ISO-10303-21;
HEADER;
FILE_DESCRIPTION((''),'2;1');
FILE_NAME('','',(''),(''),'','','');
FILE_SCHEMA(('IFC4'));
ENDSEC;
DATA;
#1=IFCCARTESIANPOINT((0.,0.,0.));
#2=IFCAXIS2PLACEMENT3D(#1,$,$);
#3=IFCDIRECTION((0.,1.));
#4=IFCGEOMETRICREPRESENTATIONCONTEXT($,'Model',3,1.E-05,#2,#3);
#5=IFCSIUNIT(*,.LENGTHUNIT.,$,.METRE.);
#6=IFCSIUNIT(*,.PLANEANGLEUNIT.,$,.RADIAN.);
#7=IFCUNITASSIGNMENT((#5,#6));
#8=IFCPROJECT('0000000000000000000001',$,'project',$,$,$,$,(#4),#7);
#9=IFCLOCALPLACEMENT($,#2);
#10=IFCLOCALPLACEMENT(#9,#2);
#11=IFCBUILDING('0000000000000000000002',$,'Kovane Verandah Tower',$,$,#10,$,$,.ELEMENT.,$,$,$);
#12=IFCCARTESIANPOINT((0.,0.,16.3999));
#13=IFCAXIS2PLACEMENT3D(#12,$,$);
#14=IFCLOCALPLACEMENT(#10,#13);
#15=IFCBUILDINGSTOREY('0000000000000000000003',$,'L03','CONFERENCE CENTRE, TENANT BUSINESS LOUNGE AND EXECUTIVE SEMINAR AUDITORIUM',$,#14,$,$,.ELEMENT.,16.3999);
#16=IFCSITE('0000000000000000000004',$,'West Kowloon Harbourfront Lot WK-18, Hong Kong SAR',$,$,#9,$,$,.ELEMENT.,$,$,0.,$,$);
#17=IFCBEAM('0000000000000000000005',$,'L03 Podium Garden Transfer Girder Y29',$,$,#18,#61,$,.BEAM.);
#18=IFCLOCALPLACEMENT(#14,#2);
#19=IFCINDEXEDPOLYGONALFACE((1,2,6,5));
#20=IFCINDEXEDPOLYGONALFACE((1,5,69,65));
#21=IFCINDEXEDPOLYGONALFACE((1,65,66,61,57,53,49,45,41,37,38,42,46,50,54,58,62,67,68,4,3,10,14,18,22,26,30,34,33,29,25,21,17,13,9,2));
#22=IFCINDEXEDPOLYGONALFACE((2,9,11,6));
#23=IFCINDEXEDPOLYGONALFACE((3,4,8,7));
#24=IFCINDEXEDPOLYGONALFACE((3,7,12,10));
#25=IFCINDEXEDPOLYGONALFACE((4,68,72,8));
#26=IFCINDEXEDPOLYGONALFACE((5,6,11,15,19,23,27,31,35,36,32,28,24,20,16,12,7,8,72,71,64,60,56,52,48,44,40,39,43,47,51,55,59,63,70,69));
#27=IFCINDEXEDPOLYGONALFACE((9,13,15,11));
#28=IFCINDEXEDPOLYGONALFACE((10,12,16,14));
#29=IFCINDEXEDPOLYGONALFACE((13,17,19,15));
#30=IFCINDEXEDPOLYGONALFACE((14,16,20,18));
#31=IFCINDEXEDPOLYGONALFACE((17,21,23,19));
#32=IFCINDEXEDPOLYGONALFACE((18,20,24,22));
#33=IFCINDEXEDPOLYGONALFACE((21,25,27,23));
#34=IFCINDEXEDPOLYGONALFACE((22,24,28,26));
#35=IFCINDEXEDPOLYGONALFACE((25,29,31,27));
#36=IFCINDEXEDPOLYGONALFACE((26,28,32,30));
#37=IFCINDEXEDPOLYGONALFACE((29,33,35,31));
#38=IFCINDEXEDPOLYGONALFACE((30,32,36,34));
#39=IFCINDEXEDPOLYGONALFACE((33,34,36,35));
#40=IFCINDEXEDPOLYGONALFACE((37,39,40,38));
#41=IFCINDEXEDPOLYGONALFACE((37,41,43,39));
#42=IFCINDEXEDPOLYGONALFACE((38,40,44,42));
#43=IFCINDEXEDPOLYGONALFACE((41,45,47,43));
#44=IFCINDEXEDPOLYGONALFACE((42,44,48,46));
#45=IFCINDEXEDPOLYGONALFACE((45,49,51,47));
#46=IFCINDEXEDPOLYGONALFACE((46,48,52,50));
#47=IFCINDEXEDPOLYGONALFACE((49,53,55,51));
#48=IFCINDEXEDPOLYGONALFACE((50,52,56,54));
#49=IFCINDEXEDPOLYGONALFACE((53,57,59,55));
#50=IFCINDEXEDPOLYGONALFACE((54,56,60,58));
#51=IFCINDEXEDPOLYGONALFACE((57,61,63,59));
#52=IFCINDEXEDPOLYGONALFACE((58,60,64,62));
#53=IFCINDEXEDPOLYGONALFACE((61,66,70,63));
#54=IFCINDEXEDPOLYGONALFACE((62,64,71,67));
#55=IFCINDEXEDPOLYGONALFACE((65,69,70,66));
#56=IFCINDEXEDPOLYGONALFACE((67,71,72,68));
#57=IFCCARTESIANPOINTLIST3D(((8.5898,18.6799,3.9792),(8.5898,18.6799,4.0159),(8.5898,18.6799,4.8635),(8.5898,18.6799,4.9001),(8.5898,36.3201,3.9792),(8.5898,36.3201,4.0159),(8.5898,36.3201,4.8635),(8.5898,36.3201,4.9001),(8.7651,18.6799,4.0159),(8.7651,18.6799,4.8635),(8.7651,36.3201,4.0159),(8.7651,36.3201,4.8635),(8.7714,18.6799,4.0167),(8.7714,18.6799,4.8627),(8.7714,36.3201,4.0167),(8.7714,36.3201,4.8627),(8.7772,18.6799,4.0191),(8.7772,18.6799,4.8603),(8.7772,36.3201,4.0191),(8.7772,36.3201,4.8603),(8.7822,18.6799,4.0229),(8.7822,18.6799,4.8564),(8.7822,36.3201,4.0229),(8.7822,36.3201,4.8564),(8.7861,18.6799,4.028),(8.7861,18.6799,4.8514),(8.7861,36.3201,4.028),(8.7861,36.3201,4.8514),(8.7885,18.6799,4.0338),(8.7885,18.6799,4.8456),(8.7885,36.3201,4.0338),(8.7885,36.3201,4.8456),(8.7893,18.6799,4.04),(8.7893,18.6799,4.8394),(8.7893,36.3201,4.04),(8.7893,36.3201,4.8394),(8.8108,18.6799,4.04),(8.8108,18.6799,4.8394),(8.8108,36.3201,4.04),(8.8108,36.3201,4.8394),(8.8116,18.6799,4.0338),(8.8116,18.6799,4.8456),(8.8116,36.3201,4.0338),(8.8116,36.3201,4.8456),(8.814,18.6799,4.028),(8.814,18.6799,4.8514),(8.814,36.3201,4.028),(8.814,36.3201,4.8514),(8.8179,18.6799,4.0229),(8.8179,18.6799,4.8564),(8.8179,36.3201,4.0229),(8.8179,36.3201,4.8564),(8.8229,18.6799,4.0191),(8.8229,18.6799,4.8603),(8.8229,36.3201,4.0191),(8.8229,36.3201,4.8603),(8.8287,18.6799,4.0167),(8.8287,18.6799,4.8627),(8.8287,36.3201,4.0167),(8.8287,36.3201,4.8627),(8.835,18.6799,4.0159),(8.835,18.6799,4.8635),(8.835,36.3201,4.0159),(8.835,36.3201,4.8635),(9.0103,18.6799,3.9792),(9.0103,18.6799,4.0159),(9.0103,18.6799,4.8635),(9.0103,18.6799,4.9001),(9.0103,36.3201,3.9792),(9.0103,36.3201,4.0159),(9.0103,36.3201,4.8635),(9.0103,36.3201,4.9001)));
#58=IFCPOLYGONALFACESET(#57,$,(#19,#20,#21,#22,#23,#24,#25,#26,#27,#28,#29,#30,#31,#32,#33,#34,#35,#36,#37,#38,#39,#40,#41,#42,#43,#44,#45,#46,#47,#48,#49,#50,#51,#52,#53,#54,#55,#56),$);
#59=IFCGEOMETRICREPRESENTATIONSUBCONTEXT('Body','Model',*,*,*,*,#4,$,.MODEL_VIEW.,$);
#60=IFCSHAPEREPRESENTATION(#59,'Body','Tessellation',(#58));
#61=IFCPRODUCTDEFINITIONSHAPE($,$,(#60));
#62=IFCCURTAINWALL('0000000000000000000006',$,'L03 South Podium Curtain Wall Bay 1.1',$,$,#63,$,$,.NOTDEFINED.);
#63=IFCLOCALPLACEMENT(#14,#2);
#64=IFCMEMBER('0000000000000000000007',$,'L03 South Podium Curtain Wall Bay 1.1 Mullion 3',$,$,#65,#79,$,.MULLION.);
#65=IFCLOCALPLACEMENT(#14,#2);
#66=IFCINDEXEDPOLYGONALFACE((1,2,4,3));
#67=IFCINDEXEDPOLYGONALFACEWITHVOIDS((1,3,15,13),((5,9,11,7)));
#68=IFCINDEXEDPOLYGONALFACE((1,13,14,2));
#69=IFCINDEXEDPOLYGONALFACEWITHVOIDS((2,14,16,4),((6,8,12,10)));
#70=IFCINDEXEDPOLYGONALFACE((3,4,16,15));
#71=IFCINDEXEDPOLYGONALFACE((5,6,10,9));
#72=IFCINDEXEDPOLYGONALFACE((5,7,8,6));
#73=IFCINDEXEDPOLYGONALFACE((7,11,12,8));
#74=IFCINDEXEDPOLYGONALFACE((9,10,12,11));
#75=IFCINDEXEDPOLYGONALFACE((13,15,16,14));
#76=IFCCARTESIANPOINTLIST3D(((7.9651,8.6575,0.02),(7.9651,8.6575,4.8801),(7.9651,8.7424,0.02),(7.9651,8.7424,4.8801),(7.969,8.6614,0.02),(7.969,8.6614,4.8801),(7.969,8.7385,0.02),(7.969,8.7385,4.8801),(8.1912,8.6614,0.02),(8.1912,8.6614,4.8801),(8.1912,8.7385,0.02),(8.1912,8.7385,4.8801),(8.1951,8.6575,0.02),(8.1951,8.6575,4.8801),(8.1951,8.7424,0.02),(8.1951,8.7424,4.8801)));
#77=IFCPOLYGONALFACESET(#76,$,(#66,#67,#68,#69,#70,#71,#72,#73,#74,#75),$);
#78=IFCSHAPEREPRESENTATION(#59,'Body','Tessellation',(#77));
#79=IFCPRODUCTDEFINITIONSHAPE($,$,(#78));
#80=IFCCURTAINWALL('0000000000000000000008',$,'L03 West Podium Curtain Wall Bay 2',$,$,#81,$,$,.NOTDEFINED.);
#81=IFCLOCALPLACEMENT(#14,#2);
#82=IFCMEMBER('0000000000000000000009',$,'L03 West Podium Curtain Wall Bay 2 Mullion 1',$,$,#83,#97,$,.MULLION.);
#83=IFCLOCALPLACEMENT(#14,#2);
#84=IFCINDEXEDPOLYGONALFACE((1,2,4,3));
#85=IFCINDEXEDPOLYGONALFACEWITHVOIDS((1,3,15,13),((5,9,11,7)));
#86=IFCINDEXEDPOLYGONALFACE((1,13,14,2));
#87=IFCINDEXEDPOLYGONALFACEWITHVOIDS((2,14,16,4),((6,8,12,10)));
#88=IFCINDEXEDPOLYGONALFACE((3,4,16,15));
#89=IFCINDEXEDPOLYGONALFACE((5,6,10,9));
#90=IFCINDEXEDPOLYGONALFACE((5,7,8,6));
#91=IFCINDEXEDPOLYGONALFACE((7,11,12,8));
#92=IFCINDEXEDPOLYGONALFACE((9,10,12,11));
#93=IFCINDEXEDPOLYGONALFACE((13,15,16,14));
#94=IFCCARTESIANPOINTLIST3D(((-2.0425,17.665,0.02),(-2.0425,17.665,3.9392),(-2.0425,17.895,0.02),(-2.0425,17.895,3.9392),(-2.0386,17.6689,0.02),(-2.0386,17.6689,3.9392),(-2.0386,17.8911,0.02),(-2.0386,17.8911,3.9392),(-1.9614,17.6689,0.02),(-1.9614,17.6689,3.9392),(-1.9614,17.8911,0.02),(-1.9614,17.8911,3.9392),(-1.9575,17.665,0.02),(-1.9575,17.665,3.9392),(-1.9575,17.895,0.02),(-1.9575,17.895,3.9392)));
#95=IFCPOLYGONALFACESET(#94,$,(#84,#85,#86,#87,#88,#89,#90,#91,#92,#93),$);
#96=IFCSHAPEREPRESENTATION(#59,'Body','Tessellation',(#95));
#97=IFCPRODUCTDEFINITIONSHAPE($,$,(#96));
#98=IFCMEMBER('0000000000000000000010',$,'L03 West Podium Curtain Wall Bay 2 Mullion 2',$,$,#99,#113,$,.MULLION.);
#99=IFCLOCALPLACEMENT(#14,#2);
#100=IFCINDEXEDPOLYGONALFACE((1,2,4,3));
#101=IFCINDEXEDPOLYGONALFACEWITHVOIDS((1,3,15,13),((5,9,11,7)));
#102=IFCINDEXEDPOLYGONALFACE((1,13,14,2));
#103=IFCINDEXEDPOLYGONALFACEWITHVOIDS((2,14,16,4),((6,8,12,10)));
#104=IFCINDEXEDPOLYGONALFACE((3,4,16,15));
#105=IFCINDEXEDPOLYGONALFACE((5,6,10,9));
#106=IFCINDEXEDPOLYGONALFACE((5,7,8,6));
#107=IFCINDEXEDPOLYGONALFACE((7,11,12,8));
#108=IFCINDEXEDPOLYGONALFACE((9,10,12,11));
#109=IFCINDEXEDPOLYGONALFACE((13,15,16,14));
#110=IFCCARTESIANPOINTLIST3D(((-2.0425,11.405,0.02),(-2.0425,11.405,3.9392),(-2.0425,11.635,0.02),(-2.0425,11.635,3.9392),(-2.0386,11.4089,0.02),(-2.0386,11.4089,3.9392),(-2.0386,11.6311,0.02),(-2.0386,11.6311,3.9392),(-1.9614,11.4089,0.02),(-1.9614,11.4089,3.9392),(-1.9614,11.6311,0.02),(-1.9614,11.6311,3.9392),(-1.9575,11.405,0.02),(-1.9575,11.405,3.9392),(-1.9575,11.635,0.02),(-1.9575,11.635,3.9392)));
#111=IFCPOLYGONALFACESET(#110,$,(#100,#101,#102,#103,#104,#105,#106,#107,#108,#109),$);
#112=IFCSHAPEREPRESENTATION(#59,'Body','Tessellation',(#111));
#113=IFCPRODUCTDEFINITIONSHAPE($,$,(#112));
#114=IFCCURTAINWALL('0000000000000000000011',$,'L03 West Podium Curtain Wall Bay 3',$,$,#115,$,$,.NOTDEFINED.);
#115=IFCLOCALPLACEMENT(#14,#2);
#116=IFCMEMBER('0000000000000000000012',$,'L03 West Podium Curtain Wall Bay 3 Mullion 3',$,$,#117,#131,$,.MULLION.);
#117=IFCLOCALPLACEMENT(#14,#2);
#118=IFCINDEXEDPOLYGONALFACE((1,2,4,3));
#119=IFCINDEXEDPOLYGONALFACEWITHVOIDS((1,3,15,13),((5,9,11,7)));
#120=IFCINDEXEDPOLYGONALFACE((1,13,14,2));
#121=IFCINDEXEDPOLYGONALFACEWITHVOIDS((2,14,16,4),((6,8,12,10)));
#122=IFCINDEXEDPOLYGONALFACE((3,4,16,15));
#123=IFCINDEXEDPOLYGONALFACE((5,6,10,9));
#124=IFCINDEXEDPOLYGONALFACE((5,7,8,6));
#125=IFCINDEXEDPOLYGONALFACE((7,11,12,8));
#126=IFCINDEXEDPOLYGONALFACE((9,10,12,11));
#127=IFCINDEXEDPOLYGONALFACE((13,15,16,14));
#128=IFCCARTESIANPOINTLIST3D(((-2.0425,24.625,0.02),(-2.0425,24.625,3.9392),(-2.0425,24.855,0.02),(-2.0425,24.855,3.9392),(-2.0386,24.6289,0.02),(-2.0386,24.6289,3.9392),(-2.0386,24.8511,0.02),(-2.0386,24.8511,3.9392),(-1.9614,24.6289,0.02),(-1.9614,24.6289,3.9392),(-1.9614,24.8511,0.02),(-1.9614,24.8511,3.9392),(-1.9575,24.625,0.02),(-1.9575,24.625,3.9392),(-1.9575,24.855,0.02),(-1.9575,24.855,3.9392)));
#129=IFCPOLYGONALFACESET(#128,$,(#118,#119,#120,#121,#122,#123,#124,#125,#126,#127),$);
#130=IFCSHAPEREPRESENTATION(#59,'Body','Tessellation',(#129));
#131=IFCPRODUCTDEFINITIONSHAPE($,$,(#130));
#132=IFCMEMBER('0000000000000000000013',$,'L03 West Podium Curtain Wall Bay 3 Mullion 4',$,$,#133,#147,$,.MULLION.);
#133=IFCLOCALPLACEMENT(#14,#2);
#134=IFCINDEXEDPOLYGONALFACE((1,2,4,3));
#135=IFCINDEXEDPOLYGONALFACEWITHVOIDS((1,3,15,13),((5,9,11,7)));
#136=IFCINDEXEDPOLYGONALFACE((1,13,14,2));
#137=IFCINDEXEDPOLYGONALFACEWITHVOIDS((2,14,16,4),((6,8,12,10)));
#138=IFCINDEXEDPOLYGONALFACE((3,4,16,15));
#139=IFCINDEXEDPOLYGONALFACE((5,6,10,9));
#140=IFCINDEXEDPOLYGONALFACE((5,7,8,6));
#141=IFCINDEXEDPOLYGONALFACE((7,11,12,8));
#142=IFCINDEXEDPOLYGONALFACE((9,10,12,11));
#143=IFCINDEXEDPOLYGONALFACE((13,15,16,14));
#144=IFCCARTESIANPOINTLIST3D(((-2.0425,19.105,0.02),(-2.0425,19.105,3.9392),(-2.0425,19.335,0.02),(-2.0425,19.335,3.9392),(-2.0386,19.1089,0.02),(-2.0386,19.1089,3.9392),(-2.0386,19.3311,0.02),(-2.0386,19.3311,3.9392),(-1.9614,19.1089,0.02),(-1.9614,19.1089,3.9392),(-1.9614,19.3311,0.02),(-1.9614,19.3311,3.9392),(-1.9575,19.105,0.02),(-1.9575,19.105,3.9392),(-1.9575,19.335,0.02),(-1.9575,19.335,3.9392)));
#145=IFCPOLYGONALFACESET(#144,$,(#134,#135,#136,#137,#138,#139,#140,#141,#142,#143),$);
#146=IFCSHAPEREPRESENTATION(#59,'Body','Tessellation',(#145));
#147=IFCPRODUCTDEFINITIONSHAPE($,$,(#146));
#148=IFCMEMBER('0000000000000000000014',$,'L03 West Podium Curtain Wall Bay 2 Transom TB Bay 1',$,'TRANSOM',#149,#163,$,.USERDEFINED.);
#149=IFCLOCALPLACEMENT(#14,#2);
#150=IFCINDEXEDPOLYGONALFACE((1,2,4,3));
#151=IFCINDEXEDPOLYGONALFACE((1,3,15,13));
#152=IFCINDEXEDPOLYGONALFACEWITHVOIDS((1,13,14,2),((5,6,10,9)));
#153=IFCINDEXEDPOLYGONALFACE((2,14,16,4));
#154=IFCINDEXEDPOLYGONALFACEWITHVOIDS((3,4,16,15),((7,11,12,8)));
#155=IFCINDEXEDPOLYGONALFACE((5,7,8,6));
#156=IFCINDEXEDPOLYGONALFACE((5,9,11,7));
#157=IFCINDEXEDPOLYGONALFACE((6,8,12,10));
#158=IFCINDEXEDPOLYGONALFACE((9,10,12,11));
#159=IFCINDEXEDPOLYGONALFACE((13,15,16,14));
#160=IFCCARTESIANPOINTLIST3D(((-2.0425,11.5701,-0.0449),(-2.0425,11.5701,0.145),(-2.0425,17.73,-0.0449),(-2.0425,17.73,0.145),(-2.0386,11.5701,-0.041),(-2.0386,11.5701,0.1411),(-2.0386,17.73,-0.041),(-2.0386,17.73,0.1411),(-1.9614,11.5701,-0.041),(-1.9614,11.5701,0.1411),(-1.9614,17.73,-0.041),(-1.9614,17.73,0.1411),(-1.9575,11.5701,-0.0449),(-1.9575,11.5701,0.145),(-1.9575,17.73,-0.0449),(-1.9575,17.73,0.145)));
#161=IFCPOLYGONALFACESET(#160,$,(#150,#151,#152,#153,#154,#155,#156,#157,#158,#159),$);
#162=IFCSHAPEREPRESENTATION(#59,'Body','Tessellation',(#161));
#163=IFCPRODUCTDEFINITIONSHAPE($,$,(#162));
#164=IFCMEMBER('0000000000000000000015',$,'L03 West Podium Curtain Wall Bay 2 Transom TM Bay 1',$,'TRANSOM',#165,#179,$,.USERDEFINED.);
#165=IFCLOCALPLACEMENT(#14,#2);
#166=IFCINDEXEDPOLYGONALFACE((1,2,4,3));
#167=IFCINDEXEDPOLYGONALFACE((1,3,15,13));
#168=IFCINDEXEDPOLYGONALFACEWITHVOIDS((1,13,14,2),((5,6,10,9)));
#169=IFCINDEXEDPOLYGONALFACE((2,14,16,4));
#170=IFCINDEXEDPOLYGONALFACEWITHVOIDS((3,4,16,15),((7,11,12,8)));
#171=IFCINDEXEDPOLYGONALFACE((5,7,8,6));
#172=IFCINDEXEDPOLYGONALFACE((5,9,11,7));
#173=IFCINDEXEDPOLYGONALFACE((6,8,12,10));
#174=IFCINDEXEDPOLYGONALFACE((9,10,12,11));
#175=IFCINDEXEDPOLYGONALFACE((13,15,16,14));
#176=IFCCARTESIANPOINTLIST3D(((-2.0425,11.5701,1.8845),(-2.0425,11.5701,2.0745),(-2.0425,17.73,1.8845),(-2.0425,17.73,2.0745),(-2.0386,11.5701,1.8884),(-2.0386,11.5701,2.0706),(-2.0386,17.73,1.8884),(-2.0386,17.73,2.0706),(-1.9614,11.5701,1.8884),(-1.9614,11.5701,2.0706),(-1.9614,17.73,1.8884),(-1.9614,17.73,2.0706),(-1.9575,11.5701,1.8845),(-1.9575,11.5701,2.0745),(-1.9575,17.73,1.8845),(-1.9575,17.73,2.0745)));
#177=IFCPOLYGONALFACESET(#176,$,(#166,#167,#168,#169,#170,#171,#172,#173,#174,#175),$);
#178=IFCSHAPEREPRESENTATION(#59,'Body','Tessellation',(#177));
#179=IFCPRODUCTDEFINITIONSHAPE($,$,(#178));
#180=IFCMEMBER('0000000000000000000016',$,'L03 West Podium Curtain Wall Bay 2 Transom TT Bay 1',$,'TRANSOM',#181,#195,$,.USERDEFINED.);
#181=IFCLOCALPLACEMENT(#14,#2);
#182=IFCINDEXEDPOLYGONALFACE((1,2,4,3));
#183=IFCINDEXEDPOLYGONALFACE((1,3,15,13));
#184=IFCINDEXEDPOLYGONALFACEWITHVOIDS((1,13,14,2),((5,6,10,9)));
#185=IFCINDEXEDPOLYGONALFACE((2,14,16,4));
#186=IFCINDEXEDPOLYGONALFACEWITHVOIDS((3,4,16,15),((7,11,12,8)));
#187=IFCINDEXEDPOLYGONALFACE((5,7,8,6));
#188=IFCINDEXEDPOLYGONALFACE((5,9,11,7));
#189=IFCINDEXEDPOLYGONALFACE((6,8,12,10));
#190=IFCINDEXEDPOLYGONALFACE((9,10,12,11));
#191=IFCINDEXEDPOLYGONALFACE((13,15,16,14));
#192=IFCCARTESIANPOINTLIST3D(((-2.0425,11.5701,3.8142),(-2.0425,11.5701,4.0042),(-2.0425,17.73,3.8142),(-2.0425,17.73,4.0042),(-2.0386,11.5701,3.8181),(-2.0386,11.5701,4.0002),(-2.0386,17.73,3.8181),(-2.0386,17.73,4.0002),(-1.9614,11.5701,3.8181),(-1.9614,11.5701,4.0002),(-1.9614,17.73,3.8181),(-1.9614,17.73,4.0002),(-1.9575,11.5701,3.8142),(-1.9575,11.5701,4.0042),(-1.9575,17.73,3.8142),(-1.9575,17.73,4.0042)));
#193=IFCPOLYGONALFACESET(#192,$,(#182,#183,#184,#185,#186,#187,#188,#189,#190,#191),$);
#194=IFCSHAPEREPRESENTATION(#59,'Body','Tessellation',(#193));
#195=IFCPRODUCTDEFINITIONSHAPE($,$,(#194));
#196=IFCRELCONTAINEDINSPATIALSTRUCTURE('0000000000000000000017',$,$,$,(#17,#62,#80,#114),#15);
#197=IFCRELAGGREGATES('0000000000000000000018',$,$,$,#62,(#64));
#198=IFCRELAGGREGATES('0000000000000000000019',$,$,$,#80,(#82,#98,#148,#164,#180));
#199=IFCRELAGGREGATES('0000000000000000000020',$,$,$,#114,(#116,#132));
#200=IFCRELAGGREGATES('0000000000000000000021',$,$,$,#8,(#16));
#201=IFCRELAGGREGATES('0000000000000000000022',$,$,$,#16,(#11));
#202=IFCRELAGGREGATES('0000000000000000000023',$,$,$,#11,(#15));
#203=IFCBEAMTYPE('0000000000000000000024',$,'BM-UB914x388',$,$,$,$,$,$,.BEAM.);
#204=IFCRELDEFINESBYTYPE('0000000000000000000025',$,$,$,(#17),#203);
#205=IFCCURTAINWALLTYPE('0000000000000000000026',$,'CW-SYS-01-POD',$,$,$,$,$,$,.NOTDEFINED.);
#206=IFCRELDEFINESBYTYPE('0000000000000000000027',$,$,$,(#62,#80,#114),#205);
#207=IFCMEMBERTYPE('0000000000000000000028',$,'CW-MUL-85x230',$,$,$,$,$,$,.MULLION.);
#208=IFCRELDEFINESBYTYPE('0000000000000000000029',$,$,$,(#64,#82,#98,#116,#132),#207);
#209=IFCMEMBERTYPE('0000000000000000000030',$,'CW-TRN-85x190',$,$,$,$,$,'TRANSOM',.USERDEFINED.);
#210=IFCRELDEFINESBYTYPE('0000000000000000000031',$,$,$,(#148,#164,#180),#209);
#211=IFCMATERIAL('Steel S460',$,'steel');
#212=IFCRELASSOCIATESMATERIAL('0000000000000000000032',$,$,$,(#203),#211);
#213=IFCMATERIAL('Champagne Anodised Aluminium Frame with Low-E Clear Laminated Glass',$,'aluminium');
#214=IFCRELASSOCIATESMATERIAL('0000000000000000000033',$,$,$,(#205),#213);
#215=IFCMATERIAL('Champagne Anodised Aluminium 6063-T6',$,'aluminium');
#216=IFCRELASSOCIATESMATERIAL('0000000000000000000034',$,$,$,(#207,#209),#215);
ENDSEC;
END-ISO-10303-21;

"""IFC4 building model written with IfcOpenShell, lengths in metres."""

from ifc_helpers import new_model, si_unit, direction, frame, origin, origin_2d, place, context, subcontext, project, spatial, hollow_rectangle, i_section, extrude, material, material_profile, profile_set, type_object, element, aggregate, save


model = new_model("IFC4")

# Units and contexts
model_context = context("Model", 3, precision=1e-05, world=origin(), true_north=direction((0.0, 1.0)))
body_context = subcontext(model_context, "Body", "Model", "MODEL_VIEW")
ifc_project = project(units=[si_unit("LENGTHUNIT", "METRE"), si_unit("PLANEANGLEUNIT", "RADIAN")], contexts=[model_context])

# Site, building, storey
site_placement = place(None, origin())
site = spatial("IfcSite", under=ifc_project, at=site_placement, Name="West Kowloon Harbourfront Lot WK-18, Hong Kong SAR", CompositionType="ELEMENT", RefElevation=0.0)
building_placement = place(site_placement, origin())
building = spatial("IfcBuilding", under=site, at=building_placement, Name="Kovane Verandah Tower", CompositionType="ELEMENT")
storey_placement = place(building_placement, frame((0.0, 0.0, 16.3999)))
storey = spatial("IfcBuildingStorey", under=building, at=storey_placement, Name="L03", Description="CONFERENCE CENTRE, TENANT BUSINESS LOUNGE AND EXECUTIVE SEMINAR AUDITORIUM", CompositionType="ELEMENT", Elevation=16.3999)

# Beam
ifc_material_1 = material(Name="Steel S460", Category="steel")
ifc_material_profile_1 = material_profile(ifc_material_1, i_section(OverallWidth=0.4204, OverallDepth=0.9209, WebThickness=0.0215, FlangeThickness=0.0366, FilletRadius=0.0242, at=origin_2d()), Name="UB914x419x388")
ifc_profile_set_1 = profile_set([ifc_material_profile_1], Name="Steel S460")
beam_type = type_object("IfcBeamType", Name="BM-UB914x388", PredefinedType="BEAM", material=ifc_profile_set_1)
beam_1_placement = place(storey_placement, frame((8.8, 18.6799, 4.4397), z_axis=(0.0, 1.0, 0.0), x_axis=(-1.0, 0.0, 0.0)))
element("IfcBeam", 1, at=beam_1_placement, inside=storey, type_object=beam_type, Name="L03 Podium Garden Transfer Girder Y29", PredefinedType="BEAM", context=body_context, shape_type="SweptSolid", body=[
    extrude(i_section(OverallWidth=0.4204, OverallDepth=0.9209, WebThickness=0.0215, FlangeThickness=0.0366, FilletRadius=0.0242, at=origin_2d()), origin(), (0.0, 0.0, 1.0), 17.6401),
])

# Curtain wall, member
ifc_material_2 = material(Name="Champagne Anodised Aluminium Frame with Low-E Clear Laminated Glass", Category="aluminium")
curtain_wall_type = type_object("IfcCurtainWallType", Name="CW-SYS-01-POD", PredefinedType="NOTDEFINED", material=ifc_material_2)
curtain_wall_1_placement = place(storey_placement, origin())
curtain_wall_1 = element("IfcCurtainWall", 2, at=curtain_wall_1_placement, inside=storey, type_object=curtain_wall_type, Name="L03 South Podium Curtain Wall Bay 1.1", PredefinedType="NOTDEFINED")
ifc_material_3 = material(Name="Champagne Anodised Aluminium 6063-T6", Category="aluminium")
ifc_material_profile_2 = material_profile(ifc_material_3, hollow_rectangle(XDim=0.085, YDim=0.23, WallThickness=0.0039, at=origin_2d()), Name="AL85x230x4")
ifc_profile_set_2 = profile_set([ifc_material_profile_2], Name="Champagne Anodised Aluminium 6063-T6")
member_type_1 = type_object("IfcMemberType", Name="CW-MUL-85x230", PredefinedType="MULLION", material=ifc_profile_set_2)
member_1_placement = place(storey_placement, frame((8.0801, 8.7, 0.02), z_axis=(0.0, 0.0, 1.0), x_axis=(0.0, -1.0, 0.0)))
member_1 = element("IfcMember", 3, at=member_1_placement, type_object=member_type_1, Name="L03 South Podium Curtain Wall Bay 1.1 Mullion 3", PredefinedType="MULLION", context=body_context, shape_type="SweptSolid", body=[
    extrude(hollow_rectangle(XDim=0.085, YDim=0.23, WallThickness=0.0039, at=origin_2d()), origin(), (0.0, 0.0, 1.0), 4.8601),
])

# Curtain walls, members
curtain_wall_2_placement = place(storey_placement, origin())
curtain_wall_2 = element("IfcCurtainWall", 4, at=curtain_wall_2_placement, inside=storey, type_object=curtain_wall_type, Name="L03 West Podium Curtain Wall Bay 2", PredefinedType="NOTDEFINED")
member_2_placement = place(storey_placement, frame((-2.0, 17.78, 0.02), z_axis=(0.0, 0.0, 1.0), x_axis=(-1.0, 0.0, 0.0)))
member_2 = element("IfcMember", 5, at=member_2_placement, type_object=member_type_1, Name="L03 West Podium Curtain Wall Bay 2 Mullion 1", PredefinedType="MULLION", context=body_context, shape_type="SweptSolid", body=[
    extrude(hollow_rectangle(XDim=0.085, YDim=0.23, WallThickness=0.0039, at=origin_2d()), origin(), (0.0, 0.0, 1.0), 3.9192),
])
member_3_placement = place(storey_placement, frame((-2.0, 11.52, 0.02), z_axis=(0.0, 0.0, 1.0), x_axis=(-1.0, 0.0, 0.0)))
member_3 = element("IfcMember", 6, at=member_3_placement, type_object=member_type_1, Name="L03 West Podium Curtain Wall Bay 2 Mullion 2", PredefinedType="MULLION", context=body_context, shape_type="SweptSolid", body=[
    extrude(hollow_rectangle(XDim=0.085, YDim=0.23, WallThickness=0.0039, at=origin_2d()), origin(), (0.0, 0.0, 1.0), 3.9192),
])
curtain_wall_3_placement = place(storey_placement, origin())
curtain_wall_3 = element("IfcCurtainWall", 7, at=curtain_wall_3_placement, inside=storey, type_object=curtain_wall_type, Name="L03 West Podium Curtain Wall Bay 3", PredefinedType="NOTDEFINED")
member_4_placement = place(storey_placement, frame((-2.0, 24.74, 0.02), z_axis=(0.0, 0.0, 1.0), x_axis=(-1.0, 0.0, 0.0)))
member_4 = element("IfcMember", 8, at=member_4_placement, type_object=member_type_1, Name="L03 West Podium Curtain Wall Bay 3 Mullion 3", PredefinedType="MULLION", context=body_context, shape_type="SweptSolid", body=[
    extrude(hollow_rectangle(XDim=0.085, YDim=0.23, WallThickness=0.0039, at=origin_2d()), origin(), (0.0, 0.0, 1.0), 3.9192),
])
member_5_placement = place(storey_placement, frame((-2.0, 19.22, 0.02), z_axis=(0.0, 0.0, 1.0), x_axis=(-1.0, 0.0, 0.0)))
member_5 = element("IfcMember", 9, at=member_5_placement, type_object=member_type_1, Name="L03 West Podium Curtain Wall Bay 3 Mullion 4", PredefinedType="MULLION", context=body_context, shape_type="SweptSolid", body=[
    extrude(hollow_rectangle(XDim=0.085, YDim=0.23, WallThickness=0.0039, at=origin_2d()), origin(), (0.0, 0.0, 1.0), 3.9192),
])

# Members
ifc_material_profile_3 = material_profile(ifc_material_3, hollow_rectangle(XDim=0.085, YDim=0.1899, WallThickness=0.0039, at=origin_2d()), Name="AL85x190x4")
ifc_profile_set_3 = profile_set([ifc_material_profile_3], Name="Champagne Anodised Aluminium 6063-T6")
member_type_2 = type_object("IfcMemberType", Name="CW-TRN-85x190", ElementType="TRANSOM", PredefinedType="USERDEFINED", material=ifc_profile_set_3)
member_6_placement = place(storey_placement, frame((-2.0, 17.73, 0.05), z_axis=(0.0, -1.0, 0.0), x_axis=(1.0, 0.0, 0.0)))
member_6 = element("IfcMember", 10, at=member_6_placement, type_object=member_type_2, Name="L03 West Podium Curtain Wall Bay 2 Transom TB Bay 1", ObjectType="TRANSOM", PredefinedType="USERDEFINED", context=body_context, shape_type="SweptSolid", body=[
    extrude(hollow_rectangle(XDim=0.085, YDim=0.1899, WallThickness=0.0039, at=origin_2d()), origin(), (0.0, 0.0, 1.0), 6.1599),
])
member_7_placement = place(storey_placement, frame((-2.0, 17.73, 1.9795), z_axis=(0.0, -1.0, 0.0), x_axis=(1.0, 0.0, 0.0)))
member_7 = element("IfcMember", 11, at=member_7_placement, type_object=member_type_2, Name="L03 West Podium Curtain Wall Bay 2 Transom TM Bay 1", ObjectType="TRANSOM", PredefinedType="USERDEFINED", context=body_context, shape_type="SweptSolid", body=[
    extrude(hollow_rectangle(XDim=0.085, YDim=0.1899, WallThickness=0.0039, at=origin_2d()), origin(), (0.0, 0.0, 1.0), 6.1599),
])
member_8_placement = place(storey_placement, frame((-2.0, 17.73, 3.9092), z_axis=(0.0, -1.0, 0.0), x_axis=(1.0, 0.0, 0.0)))
member_8 = element("IfcMember", 12, at=member_8_placement, type_object=member_type_2, Name="L03 West Podium Curtain Wall Bay 2 Transom TT Bay 1", ObjectType="TRANSOM", PredefinedType="USERDEFINED", context=body_context, shape_type="SweptSolid", body=[
    extrude(hollow_rectangle(XDim=0.085, YDim=0.1899, WallThickness=0.0039, at=origin_2d()), origin(), (0.0, 0.0, 1.0), 6.1599),
])

aggregate(curtain_wall_1, [member_1])
aggregate(curtain_wall_2, [member_2, member_3, member_6, member_7, member_8])
aggregate(curtain_wall_3, [member_4, member_5])

save(model, "model.ifc")
